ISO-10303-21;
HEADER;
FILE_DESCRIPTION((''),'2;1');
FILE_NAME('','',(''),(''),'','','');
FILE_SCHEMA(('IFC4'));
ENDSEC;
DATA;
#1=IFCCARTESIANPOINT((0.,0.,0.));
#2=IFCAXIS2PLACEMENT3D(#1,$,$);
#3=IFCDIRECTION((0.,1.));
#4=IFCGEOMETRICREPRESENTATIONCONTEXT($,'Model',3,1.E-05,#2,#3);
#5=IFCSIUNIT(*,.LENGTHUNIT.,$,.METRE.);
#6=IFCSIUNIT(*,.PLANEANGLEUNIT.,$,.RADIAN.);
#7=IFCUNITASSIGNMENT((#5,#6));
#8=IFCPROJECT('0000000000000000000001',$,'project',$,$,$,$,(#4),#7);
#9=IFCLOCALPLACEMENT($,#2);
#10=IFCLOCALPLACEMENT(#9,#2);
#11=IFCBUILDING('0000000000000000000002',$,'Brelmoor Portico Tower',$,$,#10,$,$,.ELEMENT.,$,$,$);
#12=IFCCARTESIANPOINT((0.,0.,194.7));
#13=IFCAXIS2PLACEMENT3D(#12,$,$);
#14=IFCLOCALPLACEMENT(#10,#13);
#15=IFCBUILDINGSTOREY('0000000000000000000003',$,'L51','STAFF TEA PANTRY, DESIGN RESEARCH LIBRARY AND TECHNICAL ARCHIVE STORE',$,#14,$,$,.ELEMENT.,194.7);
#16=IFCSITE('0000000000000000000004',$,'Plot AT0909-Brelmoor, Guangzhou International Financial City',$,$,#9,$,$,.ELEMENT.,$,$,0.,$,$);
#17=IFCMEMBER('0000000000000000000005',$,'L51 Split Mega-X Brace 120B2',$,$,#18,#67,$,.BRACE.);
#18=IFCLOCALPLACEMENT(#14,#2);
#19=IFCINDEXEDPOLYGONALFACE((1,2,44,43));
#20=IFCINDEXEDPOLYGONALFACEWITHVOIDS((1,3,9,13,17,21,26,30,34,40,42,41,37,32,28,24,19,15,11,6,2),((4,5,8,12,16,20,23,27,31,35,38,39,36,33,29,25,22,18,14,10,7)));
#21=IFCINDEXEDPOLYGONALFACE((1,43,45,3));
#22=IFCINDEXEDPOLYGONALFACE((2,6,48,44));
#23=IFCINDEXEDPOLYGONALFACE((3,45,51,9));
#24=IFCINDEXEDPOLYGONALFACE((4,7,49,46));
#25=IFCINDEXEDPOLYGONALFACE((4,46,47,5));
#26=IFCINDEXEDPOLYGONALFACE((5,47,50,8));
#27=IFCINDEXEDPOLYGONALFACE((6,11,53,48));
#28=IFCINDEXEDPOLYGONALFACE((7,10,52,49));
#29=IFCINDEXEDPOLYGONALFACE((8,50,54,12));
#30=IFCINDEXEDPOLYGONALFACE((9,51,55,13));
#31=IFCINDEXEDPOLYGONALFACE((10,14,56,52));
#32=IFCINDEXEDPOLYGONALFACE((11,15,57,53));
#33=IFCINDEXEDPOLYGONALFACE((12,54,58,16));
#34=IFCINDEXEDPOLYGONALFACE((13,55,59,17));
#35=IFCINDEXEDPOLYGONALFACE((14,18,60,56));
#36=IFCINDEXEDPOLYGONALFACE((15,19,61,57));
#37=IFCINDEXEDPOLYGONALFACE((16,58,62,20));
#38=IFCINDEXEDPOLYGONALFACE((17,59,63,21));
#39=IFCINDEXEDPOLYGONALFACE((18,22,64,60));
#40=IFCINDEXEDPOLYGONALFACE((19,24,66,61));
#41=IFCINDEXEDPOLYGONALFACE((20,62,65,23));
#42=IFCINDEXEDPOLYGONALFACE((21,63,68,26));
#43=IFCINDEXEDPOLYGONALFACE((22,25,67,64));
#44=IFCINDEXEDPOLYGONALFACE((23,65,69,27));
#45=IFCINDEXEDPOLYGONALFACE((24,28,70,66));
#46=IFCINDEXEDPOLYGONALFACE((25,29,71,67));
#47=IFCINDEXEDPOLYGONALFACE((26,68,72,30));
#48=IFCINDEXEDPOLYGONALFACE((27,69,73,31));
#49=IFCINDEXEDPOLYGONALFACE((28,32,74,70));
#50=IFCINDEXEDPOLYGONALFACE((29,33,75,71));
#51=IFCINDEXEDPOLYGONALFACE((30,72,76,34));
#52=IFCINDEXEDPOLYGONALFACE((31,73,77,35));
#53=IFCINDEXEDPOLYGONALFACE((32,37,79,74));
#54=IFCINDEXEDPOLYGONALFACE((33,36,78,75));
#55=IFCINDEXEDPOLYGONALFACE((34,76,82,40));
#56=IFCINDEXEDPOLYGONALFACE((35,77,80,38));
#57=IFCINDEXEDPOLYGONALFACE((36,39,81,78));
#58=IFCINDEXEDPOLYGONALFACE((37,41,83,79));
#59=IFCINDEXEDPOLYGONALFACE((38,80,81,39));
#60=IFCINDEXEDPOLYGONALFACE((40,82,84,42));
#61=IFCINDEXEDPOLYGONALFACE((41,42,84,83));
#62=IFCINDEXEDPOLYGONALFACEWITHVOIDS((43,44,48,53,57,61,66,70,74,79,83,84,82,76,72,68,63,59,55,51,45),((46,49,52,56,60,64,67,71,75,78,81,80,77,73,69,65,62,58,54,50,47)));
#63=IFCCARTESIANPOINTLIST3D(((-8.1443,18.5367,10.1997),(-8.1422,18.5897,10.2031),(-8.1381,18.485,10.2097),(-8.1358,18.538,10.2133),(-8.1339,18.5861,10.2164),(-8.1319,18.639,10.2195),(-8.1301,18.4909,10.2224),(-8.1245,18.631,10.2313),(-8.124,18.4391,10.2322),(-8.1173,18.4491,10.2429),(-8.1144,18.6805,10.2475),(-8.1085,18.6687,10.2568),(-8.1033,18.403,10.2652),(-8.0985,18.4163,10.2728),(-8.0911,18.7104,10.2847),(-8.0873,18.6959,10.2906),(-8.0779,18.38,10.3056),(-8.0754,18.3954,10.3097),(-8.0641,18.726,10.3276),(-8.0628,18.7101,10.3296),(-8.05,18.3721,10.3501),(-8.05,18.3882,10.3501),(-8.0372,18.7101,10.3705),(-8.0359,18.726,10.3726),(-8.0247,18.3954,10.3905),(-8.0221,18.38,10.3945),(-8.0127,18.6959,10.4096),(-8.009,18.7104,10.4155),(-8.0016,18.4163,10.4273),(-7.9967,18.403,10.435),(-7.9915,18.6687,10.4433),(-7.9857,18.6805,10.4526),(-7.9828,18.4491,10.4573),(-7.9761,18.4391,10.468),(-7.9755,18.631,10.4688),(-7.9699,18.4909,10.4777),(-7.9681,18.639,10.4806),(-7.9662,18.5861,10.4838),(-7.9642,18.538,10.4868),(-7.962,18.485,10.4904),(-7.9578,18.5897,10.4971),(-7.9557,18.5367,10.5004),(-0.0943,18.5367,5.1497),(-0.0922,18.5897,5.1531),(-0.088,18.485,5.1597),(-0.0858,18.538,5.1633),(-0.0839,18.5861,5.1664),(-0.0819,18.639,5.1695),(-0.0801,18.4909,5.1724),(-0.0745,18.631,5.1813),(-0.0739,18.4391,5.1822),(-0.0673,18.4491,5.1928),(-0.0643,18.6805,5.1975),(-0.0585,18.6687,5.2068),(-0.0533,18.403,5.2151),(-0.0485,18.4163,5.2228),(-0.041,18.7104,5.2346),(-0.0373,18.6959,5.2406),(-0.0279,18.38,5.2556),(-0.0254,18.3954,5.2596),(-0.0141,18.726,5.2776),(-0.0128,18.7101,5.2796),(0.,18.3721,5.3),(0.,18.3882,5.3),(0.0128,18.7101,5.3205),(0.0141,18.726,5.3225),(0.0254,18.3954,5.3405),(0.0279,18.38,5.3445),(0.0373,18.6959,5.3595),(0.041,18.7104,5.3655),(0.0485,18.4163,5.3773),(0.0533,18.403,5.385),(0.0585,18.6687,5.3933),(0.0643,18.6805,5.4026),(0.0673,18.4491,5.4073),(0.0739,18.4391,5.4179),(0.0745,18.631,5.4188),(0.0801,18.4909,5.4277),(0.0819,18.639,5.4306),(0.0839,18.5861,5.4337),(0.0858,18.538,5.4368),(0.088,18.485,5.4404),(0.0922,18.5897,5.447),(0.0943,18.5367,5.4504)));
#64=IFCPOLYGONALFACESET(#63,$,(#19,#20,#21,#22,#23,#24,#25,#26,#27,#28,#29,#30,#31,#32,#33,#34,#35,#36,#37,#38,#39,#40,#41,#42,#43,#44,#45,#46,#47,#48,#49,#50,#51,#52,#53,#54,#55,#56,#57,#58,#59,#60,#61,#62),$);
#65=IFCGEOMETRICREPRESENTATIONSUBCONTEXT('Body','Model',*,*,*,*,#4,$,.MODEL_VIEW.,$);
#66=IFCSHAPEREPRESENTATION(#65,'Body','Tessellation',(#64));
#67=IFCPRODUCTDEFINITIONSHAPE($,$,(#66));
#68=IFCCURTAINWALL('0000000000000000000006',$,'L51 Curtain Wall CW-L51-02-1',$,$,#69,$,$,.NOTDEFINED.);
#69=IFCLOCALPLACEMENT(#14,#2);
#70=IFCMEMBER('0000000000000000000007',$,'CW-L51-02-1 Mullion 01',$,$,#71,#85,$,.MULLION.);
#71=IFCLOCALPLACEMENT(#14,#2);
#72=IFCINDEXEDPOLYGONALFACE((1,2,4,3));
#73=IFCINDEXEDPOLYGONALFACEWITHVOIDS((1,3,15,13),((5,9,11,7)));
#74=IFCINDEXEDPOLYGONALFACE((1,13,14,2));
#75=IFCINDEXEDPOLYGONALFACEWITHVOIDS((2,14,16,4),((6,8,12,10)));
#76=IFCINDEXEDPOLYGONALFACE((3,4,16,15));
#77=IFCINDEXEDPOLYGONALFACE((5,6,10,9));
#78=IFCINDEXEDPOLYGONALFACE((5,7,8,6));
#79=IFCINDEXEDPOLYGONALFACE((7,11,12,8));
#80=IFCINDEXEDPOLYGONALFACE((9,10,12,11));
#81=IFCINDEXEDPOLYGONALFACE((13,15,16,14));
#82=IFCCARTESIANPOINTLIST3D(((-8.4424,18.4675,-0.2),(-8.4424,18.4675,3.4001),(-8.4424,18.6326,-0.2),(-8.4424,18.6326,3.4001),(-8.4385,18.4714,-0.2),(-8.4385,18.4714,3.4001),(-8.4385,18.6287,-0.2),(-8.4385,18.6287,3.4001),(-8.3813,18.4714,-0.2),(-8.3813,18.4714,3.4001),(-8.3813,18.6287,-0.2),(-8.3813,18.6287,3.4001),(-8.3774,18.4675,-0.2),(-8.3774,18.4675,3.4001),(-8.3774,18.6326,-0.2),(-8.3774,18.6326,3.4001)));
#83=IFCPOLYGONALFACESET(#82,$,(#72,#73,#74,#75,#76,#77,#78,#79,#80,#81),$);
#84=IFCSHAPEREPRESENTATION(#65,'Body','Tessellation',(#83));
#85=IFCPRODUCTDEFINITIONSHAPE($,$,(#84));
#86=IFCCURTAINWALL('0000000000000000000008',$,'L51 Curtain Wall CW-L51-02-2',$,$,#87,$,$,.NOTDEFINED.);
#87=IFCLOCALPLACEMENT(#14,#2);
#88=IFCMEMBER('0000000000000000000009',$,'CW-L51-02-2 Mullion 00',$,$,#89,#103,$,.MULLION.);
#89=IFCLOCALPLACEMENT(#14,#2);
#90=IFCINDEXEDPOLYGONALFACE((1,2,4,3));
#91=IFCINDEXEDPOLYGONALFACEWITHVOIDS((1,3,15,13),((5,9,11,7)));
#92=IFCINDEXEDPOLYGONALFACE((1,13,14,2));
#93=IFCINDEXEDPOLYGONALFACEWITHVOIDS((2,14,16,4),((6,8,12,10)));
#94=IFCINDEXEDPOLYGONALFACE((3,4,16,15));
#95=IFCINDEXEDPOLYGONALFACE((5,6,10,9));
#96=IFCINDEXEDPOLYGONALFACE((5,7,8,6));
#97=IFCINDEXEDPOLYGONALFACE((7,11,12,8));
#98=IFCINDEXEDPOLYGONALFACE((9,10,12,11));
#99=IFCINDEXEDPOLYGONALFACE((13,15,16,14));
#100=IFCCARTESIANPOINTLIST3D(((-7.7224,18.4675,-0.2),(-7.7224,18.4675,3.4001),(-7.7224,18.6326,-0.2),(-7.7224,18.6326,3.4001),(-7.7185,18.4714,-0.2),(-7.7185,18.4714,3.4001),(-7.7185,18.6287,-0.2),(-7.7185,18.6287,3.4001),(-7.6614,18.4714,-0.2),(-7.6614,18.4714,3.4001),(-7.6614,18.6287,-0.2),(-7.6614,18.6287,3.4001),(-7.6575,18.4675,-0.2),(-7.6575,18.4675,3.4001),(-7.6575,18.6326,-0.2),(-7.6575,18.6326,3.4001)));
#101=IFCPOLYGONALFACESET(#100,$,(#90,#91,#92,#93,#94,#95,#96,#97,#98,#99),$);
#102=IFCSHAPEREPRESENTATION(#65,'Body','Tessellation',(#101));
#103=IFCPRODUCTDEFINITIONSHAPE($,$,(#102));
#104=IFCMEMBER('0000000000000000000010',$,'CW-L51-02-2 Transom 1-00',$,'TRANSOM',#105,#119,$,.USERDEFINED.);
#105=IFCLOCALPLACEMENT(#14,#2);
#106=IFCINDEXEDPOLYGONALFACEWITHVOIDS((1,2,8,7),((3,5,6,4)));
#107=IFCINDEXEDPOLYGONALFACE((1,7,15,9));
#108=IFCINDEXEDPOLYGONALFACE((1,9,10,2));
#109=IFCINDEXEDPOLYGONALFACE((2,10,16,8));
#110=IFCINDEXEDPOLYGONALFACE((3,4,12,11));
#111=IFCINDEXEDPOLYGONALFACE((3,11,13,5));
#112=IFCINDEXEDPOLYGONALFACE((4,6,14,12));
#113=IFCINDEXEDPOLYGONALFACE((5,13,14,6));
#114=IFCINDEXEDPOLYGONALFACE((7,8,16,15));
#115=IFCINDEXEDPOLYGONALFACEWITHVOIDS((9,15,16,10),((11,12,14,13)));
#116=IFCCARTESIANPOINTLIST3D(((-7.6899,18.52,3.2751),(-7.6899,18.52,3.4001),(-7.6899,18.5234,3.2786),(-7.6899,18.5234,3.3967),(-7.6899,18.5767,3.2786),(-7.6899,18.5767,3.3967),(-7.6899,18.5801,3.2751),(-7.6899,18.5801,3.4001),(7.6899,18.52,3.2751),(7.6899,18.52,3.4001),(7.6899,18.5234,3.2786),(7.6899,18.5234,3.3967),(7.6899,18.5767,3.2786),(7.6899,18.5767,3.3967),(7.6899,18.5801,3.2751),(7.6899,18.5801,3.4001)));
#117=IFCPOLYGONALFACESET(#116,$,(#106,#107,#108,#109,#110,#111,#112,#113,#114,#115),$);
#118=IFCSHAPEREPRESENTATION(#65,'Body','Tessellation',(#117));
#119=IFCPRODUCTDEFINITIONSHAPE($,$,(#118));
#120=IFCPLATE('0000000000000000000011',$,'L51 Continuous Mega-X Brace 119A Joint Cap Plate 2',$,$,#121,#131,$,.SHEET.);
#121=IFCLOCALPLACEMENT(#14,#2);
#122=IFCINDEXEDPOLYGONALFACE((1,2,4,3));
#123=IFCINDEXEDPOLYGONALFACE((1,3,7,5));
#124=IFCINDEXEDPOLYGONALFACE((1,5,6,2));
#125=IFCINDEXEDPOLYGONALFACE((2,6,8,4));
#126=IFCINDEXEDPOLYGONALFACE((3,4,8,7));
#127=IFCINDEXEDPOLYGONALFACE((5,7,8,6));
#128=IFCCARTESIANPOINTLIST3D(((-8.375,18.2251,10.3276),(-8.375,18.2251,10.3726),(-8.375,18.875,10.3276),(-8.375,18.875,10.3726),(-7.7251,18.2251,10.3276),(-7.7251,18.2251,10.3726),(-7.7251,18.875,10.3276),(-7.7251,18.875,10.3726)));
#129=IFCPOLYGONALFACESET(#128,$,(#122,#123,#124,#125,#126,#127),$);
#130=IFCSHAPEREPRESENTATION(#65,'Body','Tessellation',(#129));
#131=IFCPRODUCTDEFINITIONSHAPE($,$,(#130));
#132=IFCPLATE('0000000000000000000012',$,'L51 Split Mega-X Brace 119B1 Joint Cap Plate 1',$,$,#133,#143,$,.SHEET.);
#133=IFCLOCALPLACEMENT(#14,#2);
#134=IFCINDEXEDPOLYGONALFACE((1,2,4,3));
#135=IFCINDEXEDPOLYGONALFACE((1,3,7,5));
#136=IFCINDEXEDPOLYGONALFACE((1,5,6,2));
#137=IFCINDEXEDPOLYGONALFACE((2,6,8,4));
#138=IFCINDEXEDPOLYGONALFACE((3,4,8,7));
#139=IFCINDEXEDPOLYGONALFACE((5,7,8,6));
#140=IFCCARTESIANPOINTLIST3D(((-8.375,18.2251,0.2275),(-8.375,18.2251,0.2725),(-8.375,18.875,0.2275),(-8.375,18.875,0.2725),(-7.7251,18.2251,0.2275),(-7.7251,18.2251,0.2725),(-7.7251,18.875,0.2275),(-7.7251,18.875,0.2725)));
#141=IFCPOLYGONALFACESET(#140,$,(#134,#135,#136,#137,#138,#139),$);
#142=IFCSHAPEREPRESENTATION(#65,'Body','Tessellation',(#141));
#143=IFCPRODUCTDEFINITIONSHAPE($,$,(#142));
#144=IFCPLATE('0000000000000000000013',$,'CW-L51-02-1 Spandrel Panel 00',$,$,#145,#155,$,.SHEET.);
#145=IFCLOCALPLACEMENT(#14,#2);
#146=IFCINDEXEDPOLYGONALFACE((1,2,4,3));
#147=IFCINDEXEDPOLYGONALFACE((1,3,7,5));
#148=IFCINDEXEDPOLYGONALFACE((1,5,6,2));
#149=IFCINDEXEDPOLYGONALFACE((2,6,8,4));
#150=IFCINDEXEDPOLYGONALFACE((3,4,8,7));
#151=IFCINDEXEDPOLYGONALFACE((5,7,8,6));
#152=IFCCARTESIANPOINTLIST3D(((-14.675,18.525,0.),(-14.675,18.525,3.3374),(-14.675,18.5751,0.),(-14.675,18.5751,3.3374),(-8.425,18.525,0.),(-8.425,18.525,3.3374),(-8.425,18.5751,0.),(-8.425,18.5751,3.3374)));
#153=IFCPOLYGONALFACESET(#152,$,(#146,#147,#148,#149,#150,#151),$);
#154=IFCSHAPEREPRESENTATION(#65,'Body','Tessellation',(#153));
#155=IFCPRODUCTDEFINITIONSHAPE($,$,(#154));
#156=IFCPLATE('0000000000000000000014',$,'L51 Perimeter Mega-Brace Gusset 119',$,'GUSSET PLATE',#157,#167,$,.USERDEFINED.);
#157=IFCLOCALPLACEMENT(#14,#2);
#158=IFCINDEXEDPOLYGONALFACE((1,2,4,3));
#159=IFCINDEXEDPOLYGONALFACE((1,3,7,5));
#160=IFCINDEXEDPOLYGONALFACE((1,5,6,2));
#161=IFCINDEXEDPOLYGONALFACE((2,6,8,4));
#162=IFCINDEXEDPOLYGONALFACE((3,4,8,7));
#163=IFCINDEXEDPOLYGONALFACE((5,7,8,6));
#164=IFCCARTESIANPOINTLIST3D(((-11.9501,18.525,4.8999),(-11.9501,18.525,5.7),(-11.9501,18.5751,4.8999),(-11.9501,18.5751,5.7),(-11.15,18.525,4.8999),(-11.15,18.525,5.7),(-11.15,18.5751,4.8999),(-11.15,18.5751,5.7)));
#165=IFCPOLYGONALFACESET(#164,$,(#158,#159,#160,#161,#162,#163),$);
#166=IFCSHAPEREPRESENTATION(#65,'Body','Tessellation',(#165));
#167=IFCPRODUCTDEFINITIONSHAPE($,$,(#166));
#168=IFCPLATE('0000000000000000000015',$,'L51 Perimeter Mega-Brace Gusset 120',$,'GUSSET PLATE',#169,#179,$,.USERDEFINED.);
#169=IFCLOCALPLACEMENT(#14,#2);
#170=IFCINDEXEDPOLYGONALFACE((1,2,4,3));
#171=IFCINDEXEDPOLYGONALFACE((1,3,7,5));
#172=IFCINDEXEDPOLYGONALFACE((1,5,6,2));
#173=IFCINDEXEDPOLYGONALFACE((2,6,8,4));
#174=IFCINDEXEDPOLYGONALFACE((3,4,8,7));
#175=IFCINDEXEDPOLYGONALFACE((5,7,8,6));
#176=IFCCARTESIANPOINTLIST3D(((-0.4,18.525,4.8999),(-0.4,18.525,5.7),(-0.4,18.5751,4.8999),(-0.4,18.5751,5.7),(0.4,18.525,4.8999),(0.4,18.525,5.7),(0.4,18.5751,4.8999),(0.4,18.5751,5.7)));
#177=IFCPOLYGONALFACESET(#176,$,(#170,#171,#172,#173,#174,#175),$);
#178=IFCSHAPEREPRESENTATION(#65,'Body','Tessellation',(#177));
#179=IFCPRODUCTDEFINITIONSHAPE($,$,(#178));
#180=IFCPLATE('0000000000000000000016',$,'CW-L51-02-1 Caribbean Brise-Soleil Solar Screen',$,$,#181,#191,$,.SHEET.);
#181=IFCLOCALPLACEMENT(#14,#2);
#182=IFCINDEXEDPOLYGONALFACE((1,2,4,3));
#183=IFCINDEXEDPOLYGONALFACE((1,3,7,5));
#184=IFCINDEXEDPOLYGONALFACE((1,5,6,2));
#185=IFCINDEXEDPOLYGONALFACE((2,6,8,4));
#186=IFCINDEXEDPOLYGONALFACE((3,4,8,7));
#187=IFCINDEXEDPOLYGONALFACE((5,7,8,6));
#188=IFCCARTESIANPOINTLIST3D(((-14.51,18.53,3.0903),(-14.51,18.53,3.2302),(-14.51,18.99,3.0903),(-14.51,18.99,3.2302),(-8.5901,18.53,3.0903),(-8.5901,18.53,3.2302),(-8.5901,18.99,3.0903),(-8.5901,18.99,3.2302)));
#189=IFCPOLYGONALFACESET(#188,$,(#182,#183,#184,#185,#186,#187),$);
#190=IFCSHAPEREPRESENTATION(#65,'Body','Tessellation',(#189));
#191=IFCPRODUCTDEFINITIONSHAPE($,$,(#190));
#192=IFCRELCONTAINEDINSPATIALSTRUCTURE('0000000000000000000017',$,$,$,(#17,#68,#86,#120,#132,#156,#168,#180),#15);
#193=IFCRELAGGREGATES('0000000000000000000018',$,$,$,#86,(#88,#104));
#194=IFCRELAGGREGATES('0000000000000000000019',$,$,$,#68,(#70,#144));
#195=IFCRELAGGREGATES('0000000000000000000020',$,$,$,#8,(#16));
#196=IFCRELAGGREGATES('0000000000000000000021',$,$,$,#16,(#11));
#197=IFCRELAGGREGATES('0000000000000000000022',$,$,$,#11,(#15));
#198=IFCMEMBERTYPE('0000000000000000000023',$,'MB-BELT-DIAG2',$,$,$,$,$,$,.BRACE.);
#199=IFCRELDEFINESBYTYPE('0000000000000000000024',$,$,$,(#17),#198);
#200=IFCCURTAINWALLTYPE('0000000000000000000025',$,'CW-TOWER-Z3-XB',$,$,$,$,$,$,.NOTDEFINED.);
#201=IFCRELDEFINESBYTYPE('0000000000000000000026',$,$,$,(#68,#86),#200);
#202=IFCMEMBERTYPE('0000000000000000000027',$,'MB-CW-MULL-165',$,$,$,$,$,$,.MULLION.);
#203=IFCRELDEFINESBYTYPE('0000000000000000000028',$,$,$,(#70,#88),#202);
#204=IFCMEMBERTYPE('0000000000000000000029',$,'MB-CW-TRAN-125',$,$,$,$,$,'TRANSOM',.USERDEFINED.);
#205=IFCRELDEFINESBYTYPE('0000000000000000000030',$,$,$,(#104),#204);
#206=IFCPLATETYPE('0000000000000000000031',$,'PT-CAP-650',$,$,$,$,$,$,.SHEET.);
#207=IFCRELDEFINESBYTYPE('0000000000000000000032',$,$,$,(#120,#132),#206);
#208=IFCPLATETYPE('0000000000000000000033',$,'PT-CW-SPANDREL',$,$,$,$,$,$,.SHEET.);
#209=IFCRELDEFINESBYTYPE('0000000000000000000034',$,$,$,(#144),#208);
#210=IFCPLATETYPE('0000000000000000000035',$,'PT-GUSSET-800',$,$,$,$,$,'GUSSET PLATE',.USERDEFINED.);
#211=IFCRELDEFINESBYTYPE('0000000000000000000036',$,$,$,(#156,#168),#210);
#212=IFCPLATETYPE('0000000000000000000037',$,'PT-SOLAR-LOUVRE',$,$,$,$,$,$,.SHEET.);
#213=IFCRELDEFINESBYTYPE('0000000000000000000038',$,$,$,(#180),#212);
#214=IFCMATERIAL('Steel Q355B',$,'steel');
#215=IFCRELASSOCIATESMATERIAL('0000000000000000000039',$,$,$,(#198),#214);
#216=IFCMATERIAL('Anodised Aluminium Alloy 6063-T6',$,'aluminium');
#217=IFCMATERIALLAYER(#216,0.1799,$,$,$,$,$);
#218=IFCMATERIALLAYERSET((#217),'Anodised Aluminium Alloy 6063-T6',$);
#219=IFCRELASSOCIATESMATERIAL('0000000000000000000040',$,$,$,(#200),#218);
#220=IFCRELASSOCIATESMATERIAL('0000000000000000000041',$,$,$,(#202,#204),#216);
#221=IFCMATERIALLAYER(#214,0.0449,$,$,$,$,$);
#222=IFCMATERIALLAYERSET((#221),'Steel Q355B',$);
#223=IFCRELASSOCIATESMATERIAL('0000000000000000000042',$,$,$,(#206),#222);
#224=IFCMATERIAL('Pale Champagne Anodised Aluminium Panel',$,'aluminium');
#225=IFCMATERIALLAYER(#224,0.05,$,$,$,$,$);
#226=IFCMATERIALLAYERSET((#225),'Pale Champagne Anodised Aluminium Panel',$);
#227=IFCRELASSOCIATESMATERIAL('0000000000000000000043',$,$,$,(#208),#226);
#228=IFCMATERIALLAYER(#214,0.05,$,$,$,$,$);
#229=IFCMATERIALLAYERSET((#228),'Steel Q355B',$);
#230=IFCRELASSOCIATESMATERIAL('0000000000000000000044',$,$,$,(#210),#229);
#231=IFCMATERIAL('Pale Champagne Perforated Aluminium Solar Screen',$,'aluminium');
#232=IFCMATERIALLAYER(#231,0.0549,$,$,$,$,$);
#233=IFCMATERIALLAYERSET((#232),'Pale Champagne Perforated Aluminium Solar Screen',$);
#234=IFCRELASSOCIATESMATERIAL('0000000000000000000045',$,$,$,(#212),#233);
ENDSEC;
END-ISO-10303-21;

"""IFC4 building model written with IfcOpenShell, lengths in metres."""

from ifc_helpers import new_model, si_unit, direction, frame, origin, origin_2d, place, context, subcontext, project, spatial, rectangle, hollow_rectangle, hollow_circle, extrude, material, layer, layer_set, material_profile, profile_set, type_object, element, aggregate, save


model = new_model("IFC4")

# Units and contexts
model_context = context("Model", 3, precision=1e-05, world=origin(), true_north=direction((0.0, 1.0)))
body_context = subcontext(model_context, "Body", "Model", "MODEL_VIEW")
ifc_project = project(units=[si_unit("LENGTHUNIT", "METRE"), si_unit("PLANEANGLEUNIT", "RADIAN")], contexts=[model_context])

# Site, building, storey
site_placement = place(None, origin())
site = spatial("IfcSite", under=ifc_project, at=site_placement, Name="Plot AT0909-Brelmoor, Guangzhou International Financial City", CompositionType="ELEMENT", RefElevation=0.0)
building_placement = place(site_placement, origin())
building = spatial("IfcBuilding", under=site, at=building_placement, Name="Brelmoor Portico Tower", CompositionType="ELEMENT")
storey_placement = place(building_placement, frame((0.0, 0.0, 194.7)))
storey = spatial("IfcBuildingStorey", under=building, at=storey_placement, Name="L51", Description="STAFF TEA PANTRY, DESIGN RESEARCH LIBRARY AND TECHNICAL ARCHIVE STORE", CompositionType="ELEMENT", Elevation=194.7)

# Shared definitions
ifc_material_1 = material(Name="Steel Q355B", Category="steel")

# Member
ifc_material_profile_1 = material_profile(ifc_material_1, hollow_circle(Radius=0.178, WallThickness=0.0161, at=origin_2d()), Name="CHS 356x16")
ifc_profile_set_1 = profile_set([ifc_material_profile_1], Name="Steel Q355B")
member_type_1 = type_object("IfcMemberType", Name="MB-BELT-DIAG2", PredefinedType="BRACE", material=ifc_profile_set_1)
member_1_placement = place(storey_placement, frame((0.0, 18.55, 5.3), z_axis=(-0.847109, 0.0, 0.531418), x_axis=(0.0, -1.0, 0.0)))
element("IfcMember", 1, at=member_1_placement, inside=storey, type_object=member_type_1, Name="L51 Split Mega-X Brace 120B2", PredefinedType="BRACE", context=body_context, shape_type="SweptSolid", body=[
    extrude(hollow_circle(Radius=0.178, WallThickness=0.0161, at=origin_2d()), origin(), (0.0, 0.0, 1.0), 9.5029),
])

# Curtain wall, member
ifc_material_2 = material(Name="Anodised Aluminium Alloy 6063-T6", Category="aluminium")
ifc_layer_1 = layer(ifc_material_2, 0.1799)
ifc_layer_set_1 = layer_set([ifc_layer_1], Name="Anodised Aluminium Alloy 6063-T6")
curtain_wall_type = type_object("IfcCurtainWallType", Name="CW-TOWER-Z3-XB", PredefinedType="NOTDEFINED", material=ifc_layer_set_1)
curtain_wall_1_placement = place(storey_placement, origin())
curtain_wall_1 = element("IfcCurtainWall", 2, at=curtain_wall_1_placement, inside=storey, type_object=curtain_wall_type, Name="L51 Curtain Wall CW-L51-02-1", PredefinedType="NOTDEFINED")
ifc_material_profile_2 = material_profile(ifc_material_2, hollow_rectangle(XDim=0.0649, YDim=0.165, WallThickness=0.0039, at=origin_2d()), Name="ALU MULLION 65x165")
ifc_profile_set_2 = profile_set([ifc_material_profile_2], Name="Anodised Aluminium Alloy 6063-T6")
member_type_2 = type_object("IfcMemberType", Name="MB-CW-MULL-165", PredefinedType="MULLION", material=ifc_profile_set_2)
member_2_placement = place(storey_placement, frame((-8.4099, 18.55, -0.2), z_axis=(0.0, 0.0, 1.0), x_axis=(1.0, 0.0, 0.0)))
member_2 = element("IfcMember", 3, at=member_2_placement, type_object=member_type_2, Name="CW-L51-02-1 Mullion 01", PredefinedType="MULLION", context=body_context, shape_type="SweptSolid", body=[
    extrude(hollow_rectangle(XDim=0.0649, YDim=0.165, WallThickness=0.0039, at=origin_2d()), origin(), (0.0, 0.0, 1.0), 3.6001),
])

# Curtain wall, members
curtain_wall_2_placement = place(storey_placement, origin())
curtain_wall_2 = element("IfcCurtainWall", 4, at=curtain_wall_2_placement, inside=storey, type_object=curtain_wall_type, Name="L51 Curtain Wall CW-L51-02-2", PredefinedType="NOTDEFINED")
member_3_placement = place(storey_placement, frame((-7.6899, 18.55, -0.2), z_axis=(0.0, 0.0, 1.0), x_axis=(1.0, 0.0, 0.0)))
member_3 = element("IfcMember", 5, at=member_3_placement, type_object=member_type_2, Name="CW-L51-02-2 Mullion 00", PredefinedType="MULLION", context=body_context, shape_type="SweptSolid", body=[
    extrude(hollow_rectangle(XDim=0.0649, YDim=0.165, WallThickness=0.0039, at=origin_2d()), origin(), (0.0, 0.0, 1.0), 3.6001),
])
ifc_material_profile_3 = material_profile(ifc_material_2, hollow_rectangle(XDim=0.0601, YDim=0.125, WallThickness=0.0034, at=origin_2d()), Name="ALU TRANSOM 60x125")
ifc_profile_set_3 = profile_set([ifc_material_profile_3], Name="Anodised Aluminium Alloy 6063-T6")
member_type_3 = type_object("IfcMemberType", Name="MB-CW-TRAN-125", ElementType="TRANSOM", PredefinedType="USERDEFINED", material=ifc_profile_set_3)
member_4_placement = place(storey_placement, frame((-7.6899, 18.55, 3.3376), z_axis=(1.0, 0.0, 0.0), x_axis=(0.0, 1.0, 0.0)))
member_4 = element("IfcMember", 6, at=member_4_placement, type_object=member_type_3, Name="CW-L51-02-2 Transom 1-00", ObjectType="TRANSOM", PredefinedType="USERDEFINED", context=body_context, shape_type="SweptSolid", body=[
    extrude(hollow_rectangle(XDim=0.0601, YDim=0.125, WallThickness=0.0034, at=origin_2d()), origin(), (0.0, 0.0, 1.0), 15.3799),
])
aggregate(curtain_wall_2, [member_3, member_4])

# Plates
ifc_layer_2 = layer(ifc_material_1, 0.0449)
ifc_layer_set_2 = layer_set([ifc_layer_2], Name="Steel Q355B")
plate_type_1 = type_object("IfcPlateType", Name="PT-CAP-650", PredefinedType="SHEET", material=ifc_layer_set_2)
for number, where, z_axis, x_axis, name in (
    (7, (-8.05, 18.55, 10.3276), (0.0, 0.0, 1.0), (1.0, 0.0, 0.0), "L51 Continuous Mega-X Brace 119A Joint Cap Plate 2"),
    (8, (-8.05, 18.55, 0.2275), (0.0, 0.0, 1.0), (1.0, 0.0, 0.0), "L51 Split Mega-X Brace 119B1 Joint Cap Plate 1"),
):
    element("IfcPlate", number, at=place(storey_placement, frame(where, z_axis=z_axis, x_axis=x_axis)), inside=storey, type_object=plate_type_1, Name=name, PredefinedType="SHEET", context=body_context, shape_type="SweptSolid", body=[
        extrude(rectangle(XDim=0.6499, YDim=0.6499, at=origin_2d()), origin(), (0.0, 0.0, 1.0), 0.0449),
    ])

# Plate
ifc_material_3 = material(Name="Pale Champagne Anodised Aluminium Panel", Category="aluminium")
ifc_layer_3 = layer(ifc_material_3, 0.05)
ifc_layer_set_3 = layer_set([ifc_layer_3], Name="Pale Champagne Anodised Aluminium Panel")
plate_type_2 = type_object("IfcPlateType", Name="PT-CW-SPANDREL", PredefinedType="SHEET", material=ifc_layer_set_3)
plate_1_placement = place(storey_placement, frame((-11.55, 18.55, 0.0), z_axis=(0.0, 0.0, 1.0), x_axis=(1.0, 0.0, 0.0)))
plate_1 = element("IfcPlate", 9, at=plate_1_placement, type_object=plate_type_2, Name="CW-L51-02-1 Spandrel Panel 00", PredefinedType="SHEET", context=body_context, shape_type="SweptSolid", body=[
    extrude(rectangle(XDim=6.25, YDim=0.05, at=origin_2d()), origin(), (0.0, 0.0, 1.0), 3.3374),
])
aggregate(curtain_wall_1, [member_2, plate_1])

# Plates
ifc_layer_4 = layer(ifc_material_1, 0.05)
ifc_layer_set_4 = layer_set([ifc_layer_4], Name="Steel Q355B")
plate_type_3 = type_object("IfcPlateType", Name="PT-GUSSET-800", ElementType="GUSSET PLATE", PredefinedType="USERDEFINED", material=ifc_layer_set_4)
for number, where, z_axis, x_axis, name in (
    (10, (-11.55, 18.55, 4.8999), (0.0, 0.0, 1.0), (1.0, 0.0, 0.0), "L51 Perimeter Mega-Brace Gusset 119"),
    (11, (0.0, 18.55, 4.8999), (0.0, 0.0, 1.0), (1.0, 0.0, 0.0), "L51 Perimeter Mega-Brace Gusset 120"),
):
    element("IfcPlate", number, at=place(storey_placement, frame(where, z_axis=z_axis, x_axis=x_axis)), inside=storey, type_object=plate_type_3, Name=name, ObjectType="GUSSET PLATE", PredefinedType="USERDEFINED", context=body_context, shape_type="SweptSolid", body=[
        extrude(rectangle(XDim=0.8, YDim=0.05, at=origin_2d()), origin(), (0.0, 0.0, 1.0), 0.8),
    ])
ifc_material_4 = material(Name="Pale Champagne Perforated Aluminium Solar Screen", Category="aluminium")
ifc_layer_5 = layer(ifc_material_4, 0.0549)
ifc_layer_set_5 = layer_set([ifc_layer_5], Name="Pale Champagne Perforated Aluminium Solar Screen")
plate_type_4 = type_object("IfcPlateType", Name="PT-SOLAR-LOUVRE", PredefinedType="SHEET", material=ifc_layer_set_5)
plate_2_placement = place(storey_placement, frame((-11.55, 18.76, 3.0903), z_axis=(0.0, 0.0, 1.0), x_axis=(1.0, 0.0, 0.0)))
element("IfcPlate", 12, at=plate_2_placement, inside=storey, type_object=plate_type_4, Name="CW-L51-02-1 Caribbean Brise-Soleil Solar Screen", PredefinedType="SHEET", context=body_context, shape_type="SweptSolid", body=[
    extrude(rectangle(XDim=5.9199, YDim=0.46, at=origin_2d()), origin(), (0.0, 0.0, 1.0), 0.1399),
])

save(model, "model.ifc")
